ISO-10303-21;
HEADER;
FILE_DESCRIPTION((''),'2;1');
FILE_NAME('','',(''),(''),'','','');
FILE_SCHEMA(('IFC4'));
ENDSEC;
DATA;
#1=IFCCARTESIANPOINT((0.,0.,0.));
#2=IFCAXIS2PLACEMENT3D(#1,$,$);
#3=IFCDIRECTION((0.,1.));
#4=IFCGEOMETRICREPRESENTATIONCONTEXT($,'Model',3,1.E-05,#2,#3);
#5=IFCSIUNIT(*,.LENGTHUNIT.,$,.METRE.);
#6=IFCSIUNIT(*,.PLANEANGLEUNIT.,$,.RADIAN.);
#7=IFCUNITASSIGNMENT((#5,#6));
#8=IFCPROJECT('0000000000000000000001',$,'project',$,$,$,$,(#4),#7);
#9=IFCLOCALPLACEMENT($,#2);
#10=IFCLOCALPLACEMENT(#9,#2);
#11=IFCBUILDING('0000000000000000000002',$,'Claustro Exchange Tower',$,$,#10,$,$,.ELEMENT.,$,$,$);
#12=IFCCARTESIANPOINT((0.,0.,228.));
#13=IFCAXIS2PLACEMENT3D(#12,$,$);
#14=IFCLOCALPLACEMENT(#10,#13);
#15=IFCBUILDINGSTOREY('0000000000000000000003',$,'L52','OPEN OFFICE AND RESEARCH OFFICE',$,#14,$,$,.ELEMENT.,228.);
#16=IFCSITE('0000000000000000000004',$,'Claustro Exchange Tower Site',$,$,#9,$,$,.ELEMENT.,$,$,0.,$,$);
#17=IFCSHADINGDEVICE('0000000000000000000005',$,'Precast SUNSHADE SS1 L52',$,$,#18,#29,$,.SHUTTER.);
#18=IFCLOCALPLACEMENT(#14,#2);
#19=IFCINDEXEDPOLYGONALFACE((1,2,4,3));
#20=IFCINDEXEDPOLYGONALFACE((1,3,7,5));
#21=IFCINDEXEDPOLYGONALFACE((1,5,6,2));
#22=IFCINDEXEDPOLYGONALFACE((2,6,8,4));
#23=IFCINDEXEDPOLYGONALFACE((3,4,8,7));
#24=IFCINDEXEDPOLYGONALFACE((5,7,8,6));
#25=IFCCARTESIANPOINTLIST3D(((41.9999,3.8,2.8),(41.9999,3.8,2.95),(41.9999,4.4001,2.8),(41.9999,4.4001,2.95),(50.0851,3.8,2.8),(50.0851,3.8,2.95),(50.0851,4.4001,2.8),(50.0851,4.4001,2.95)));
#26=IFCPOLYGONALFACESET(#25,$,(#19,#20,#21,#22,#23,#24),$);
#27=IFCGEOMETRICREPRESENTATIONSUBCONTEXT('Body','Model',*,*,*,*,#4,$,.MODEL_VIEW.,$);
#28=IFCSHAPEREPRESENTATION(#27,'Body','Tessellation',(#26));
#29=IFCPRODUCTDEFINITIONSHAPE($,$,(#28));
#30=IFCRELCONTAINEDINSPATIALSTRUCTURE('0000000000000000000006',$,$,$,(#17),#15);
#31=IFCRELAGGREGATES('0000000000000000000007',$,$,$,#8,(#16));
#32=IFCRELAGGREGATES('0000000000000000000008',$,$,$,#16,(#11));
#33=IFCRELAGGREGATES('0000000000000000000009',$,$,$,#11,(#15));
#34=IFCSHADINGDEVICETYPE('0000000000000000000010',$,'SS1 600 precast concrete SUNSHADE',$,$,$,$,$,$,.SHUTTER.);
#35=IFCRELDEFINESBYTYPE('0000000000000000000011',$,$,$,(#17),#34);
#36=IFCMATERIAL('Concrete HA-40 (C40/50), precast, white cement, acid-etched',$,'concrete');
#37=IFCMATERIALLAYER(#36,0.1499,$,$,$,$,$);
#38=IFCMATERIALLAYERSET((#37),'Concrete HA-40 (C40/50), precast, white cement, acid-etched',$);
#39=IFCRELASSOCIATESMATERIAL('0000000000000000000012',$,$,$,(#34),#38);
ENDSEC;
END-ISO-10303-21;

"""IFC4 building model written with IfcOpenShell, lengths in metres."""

from ifc_helpers import new_model, si_unit, direction, frame, origin, origin_2d, place, context, subcontext, project, spatial, rectangle, extrude, material, layer, layer_set, type_object, element, save


model = new_model("IFC4")

# Units and contexts
model_context = context("Model", 3, precision=1e-05, world=origin(), true_north=direction((0.0, 1.0)))
body_context = subcontext(model_context, "Body", "Model", "MODEL_VIEW")
ifc_project = project(units=[si_unit("LENGTHUNIT", "METRE"), si_unit("PLANEANGLEUNIT", "RADIAN")], contexts=[model_context])

# Site, building, storey
site_placement = place(None, origin())
site = spatial("IfcSite", under=ifc_project, at=site_placement, Name="Claustro Exchange Tower Site", CompositionType="ELEMENT", RefElevation=0.0)
building_placement = place(site_placement, origin())
building = spatial("IfcBuilding", under=site, at=building_placement, Name="Claustro Exchange Tower", CompositionType="ELEMENT")
storey_placement = place(building_placement, frame((0.0, 0.0, 228.0)))
storey = spatial("IfcBuildingStorey", under=building, at=storey_placement, Name="L52", Description="OPEN OFFICE AND RESEARCH OFFICE", CompositionType="ELEMENT", Elevation=228.0)

# Shading device
ifc_material_1 = material(Name="Concrete HA-40 (C40/50), precast, white cement, acid-etched", Category="concrete")
ifc_layer_1 = layer(ifc_material_1, 0.1499)
ifc_layer_set_1 = layer_set([ifc_layer_1], Name="Concrete HA-40 (C40/50), precast, white cement, acid-etched")
shading_device_type = type_object("IfcShadingDeviceType", Name="SS1 600 precast concrete SUNSHADE", PredefinedType="SHUTTER", material=ifc_layer_set_1)
shading_device_placement = place(storey_placement, frame((46.0425, 4.1001, 2.8), z_axis=(0.0, 0.0, 1.0), x_axis=(-1.0, 0.0, 0.0)))
element("IfcShadingDevice", 1, at=shading_device_placement, inside=storey, type_object=shading_device_type, Name="Precast SUNSHADE SS1 L52", PredefinedType="SHUTTER", context=body_context, shape_type="SweptSolid", body=[
    extrude(rectangle(XDim=8.0852, YDim=0.6001, at=origin_2d()), origin(), (0.0, 0.0, 1.0), 0.1499),
])

save(model, "model.ifc")
